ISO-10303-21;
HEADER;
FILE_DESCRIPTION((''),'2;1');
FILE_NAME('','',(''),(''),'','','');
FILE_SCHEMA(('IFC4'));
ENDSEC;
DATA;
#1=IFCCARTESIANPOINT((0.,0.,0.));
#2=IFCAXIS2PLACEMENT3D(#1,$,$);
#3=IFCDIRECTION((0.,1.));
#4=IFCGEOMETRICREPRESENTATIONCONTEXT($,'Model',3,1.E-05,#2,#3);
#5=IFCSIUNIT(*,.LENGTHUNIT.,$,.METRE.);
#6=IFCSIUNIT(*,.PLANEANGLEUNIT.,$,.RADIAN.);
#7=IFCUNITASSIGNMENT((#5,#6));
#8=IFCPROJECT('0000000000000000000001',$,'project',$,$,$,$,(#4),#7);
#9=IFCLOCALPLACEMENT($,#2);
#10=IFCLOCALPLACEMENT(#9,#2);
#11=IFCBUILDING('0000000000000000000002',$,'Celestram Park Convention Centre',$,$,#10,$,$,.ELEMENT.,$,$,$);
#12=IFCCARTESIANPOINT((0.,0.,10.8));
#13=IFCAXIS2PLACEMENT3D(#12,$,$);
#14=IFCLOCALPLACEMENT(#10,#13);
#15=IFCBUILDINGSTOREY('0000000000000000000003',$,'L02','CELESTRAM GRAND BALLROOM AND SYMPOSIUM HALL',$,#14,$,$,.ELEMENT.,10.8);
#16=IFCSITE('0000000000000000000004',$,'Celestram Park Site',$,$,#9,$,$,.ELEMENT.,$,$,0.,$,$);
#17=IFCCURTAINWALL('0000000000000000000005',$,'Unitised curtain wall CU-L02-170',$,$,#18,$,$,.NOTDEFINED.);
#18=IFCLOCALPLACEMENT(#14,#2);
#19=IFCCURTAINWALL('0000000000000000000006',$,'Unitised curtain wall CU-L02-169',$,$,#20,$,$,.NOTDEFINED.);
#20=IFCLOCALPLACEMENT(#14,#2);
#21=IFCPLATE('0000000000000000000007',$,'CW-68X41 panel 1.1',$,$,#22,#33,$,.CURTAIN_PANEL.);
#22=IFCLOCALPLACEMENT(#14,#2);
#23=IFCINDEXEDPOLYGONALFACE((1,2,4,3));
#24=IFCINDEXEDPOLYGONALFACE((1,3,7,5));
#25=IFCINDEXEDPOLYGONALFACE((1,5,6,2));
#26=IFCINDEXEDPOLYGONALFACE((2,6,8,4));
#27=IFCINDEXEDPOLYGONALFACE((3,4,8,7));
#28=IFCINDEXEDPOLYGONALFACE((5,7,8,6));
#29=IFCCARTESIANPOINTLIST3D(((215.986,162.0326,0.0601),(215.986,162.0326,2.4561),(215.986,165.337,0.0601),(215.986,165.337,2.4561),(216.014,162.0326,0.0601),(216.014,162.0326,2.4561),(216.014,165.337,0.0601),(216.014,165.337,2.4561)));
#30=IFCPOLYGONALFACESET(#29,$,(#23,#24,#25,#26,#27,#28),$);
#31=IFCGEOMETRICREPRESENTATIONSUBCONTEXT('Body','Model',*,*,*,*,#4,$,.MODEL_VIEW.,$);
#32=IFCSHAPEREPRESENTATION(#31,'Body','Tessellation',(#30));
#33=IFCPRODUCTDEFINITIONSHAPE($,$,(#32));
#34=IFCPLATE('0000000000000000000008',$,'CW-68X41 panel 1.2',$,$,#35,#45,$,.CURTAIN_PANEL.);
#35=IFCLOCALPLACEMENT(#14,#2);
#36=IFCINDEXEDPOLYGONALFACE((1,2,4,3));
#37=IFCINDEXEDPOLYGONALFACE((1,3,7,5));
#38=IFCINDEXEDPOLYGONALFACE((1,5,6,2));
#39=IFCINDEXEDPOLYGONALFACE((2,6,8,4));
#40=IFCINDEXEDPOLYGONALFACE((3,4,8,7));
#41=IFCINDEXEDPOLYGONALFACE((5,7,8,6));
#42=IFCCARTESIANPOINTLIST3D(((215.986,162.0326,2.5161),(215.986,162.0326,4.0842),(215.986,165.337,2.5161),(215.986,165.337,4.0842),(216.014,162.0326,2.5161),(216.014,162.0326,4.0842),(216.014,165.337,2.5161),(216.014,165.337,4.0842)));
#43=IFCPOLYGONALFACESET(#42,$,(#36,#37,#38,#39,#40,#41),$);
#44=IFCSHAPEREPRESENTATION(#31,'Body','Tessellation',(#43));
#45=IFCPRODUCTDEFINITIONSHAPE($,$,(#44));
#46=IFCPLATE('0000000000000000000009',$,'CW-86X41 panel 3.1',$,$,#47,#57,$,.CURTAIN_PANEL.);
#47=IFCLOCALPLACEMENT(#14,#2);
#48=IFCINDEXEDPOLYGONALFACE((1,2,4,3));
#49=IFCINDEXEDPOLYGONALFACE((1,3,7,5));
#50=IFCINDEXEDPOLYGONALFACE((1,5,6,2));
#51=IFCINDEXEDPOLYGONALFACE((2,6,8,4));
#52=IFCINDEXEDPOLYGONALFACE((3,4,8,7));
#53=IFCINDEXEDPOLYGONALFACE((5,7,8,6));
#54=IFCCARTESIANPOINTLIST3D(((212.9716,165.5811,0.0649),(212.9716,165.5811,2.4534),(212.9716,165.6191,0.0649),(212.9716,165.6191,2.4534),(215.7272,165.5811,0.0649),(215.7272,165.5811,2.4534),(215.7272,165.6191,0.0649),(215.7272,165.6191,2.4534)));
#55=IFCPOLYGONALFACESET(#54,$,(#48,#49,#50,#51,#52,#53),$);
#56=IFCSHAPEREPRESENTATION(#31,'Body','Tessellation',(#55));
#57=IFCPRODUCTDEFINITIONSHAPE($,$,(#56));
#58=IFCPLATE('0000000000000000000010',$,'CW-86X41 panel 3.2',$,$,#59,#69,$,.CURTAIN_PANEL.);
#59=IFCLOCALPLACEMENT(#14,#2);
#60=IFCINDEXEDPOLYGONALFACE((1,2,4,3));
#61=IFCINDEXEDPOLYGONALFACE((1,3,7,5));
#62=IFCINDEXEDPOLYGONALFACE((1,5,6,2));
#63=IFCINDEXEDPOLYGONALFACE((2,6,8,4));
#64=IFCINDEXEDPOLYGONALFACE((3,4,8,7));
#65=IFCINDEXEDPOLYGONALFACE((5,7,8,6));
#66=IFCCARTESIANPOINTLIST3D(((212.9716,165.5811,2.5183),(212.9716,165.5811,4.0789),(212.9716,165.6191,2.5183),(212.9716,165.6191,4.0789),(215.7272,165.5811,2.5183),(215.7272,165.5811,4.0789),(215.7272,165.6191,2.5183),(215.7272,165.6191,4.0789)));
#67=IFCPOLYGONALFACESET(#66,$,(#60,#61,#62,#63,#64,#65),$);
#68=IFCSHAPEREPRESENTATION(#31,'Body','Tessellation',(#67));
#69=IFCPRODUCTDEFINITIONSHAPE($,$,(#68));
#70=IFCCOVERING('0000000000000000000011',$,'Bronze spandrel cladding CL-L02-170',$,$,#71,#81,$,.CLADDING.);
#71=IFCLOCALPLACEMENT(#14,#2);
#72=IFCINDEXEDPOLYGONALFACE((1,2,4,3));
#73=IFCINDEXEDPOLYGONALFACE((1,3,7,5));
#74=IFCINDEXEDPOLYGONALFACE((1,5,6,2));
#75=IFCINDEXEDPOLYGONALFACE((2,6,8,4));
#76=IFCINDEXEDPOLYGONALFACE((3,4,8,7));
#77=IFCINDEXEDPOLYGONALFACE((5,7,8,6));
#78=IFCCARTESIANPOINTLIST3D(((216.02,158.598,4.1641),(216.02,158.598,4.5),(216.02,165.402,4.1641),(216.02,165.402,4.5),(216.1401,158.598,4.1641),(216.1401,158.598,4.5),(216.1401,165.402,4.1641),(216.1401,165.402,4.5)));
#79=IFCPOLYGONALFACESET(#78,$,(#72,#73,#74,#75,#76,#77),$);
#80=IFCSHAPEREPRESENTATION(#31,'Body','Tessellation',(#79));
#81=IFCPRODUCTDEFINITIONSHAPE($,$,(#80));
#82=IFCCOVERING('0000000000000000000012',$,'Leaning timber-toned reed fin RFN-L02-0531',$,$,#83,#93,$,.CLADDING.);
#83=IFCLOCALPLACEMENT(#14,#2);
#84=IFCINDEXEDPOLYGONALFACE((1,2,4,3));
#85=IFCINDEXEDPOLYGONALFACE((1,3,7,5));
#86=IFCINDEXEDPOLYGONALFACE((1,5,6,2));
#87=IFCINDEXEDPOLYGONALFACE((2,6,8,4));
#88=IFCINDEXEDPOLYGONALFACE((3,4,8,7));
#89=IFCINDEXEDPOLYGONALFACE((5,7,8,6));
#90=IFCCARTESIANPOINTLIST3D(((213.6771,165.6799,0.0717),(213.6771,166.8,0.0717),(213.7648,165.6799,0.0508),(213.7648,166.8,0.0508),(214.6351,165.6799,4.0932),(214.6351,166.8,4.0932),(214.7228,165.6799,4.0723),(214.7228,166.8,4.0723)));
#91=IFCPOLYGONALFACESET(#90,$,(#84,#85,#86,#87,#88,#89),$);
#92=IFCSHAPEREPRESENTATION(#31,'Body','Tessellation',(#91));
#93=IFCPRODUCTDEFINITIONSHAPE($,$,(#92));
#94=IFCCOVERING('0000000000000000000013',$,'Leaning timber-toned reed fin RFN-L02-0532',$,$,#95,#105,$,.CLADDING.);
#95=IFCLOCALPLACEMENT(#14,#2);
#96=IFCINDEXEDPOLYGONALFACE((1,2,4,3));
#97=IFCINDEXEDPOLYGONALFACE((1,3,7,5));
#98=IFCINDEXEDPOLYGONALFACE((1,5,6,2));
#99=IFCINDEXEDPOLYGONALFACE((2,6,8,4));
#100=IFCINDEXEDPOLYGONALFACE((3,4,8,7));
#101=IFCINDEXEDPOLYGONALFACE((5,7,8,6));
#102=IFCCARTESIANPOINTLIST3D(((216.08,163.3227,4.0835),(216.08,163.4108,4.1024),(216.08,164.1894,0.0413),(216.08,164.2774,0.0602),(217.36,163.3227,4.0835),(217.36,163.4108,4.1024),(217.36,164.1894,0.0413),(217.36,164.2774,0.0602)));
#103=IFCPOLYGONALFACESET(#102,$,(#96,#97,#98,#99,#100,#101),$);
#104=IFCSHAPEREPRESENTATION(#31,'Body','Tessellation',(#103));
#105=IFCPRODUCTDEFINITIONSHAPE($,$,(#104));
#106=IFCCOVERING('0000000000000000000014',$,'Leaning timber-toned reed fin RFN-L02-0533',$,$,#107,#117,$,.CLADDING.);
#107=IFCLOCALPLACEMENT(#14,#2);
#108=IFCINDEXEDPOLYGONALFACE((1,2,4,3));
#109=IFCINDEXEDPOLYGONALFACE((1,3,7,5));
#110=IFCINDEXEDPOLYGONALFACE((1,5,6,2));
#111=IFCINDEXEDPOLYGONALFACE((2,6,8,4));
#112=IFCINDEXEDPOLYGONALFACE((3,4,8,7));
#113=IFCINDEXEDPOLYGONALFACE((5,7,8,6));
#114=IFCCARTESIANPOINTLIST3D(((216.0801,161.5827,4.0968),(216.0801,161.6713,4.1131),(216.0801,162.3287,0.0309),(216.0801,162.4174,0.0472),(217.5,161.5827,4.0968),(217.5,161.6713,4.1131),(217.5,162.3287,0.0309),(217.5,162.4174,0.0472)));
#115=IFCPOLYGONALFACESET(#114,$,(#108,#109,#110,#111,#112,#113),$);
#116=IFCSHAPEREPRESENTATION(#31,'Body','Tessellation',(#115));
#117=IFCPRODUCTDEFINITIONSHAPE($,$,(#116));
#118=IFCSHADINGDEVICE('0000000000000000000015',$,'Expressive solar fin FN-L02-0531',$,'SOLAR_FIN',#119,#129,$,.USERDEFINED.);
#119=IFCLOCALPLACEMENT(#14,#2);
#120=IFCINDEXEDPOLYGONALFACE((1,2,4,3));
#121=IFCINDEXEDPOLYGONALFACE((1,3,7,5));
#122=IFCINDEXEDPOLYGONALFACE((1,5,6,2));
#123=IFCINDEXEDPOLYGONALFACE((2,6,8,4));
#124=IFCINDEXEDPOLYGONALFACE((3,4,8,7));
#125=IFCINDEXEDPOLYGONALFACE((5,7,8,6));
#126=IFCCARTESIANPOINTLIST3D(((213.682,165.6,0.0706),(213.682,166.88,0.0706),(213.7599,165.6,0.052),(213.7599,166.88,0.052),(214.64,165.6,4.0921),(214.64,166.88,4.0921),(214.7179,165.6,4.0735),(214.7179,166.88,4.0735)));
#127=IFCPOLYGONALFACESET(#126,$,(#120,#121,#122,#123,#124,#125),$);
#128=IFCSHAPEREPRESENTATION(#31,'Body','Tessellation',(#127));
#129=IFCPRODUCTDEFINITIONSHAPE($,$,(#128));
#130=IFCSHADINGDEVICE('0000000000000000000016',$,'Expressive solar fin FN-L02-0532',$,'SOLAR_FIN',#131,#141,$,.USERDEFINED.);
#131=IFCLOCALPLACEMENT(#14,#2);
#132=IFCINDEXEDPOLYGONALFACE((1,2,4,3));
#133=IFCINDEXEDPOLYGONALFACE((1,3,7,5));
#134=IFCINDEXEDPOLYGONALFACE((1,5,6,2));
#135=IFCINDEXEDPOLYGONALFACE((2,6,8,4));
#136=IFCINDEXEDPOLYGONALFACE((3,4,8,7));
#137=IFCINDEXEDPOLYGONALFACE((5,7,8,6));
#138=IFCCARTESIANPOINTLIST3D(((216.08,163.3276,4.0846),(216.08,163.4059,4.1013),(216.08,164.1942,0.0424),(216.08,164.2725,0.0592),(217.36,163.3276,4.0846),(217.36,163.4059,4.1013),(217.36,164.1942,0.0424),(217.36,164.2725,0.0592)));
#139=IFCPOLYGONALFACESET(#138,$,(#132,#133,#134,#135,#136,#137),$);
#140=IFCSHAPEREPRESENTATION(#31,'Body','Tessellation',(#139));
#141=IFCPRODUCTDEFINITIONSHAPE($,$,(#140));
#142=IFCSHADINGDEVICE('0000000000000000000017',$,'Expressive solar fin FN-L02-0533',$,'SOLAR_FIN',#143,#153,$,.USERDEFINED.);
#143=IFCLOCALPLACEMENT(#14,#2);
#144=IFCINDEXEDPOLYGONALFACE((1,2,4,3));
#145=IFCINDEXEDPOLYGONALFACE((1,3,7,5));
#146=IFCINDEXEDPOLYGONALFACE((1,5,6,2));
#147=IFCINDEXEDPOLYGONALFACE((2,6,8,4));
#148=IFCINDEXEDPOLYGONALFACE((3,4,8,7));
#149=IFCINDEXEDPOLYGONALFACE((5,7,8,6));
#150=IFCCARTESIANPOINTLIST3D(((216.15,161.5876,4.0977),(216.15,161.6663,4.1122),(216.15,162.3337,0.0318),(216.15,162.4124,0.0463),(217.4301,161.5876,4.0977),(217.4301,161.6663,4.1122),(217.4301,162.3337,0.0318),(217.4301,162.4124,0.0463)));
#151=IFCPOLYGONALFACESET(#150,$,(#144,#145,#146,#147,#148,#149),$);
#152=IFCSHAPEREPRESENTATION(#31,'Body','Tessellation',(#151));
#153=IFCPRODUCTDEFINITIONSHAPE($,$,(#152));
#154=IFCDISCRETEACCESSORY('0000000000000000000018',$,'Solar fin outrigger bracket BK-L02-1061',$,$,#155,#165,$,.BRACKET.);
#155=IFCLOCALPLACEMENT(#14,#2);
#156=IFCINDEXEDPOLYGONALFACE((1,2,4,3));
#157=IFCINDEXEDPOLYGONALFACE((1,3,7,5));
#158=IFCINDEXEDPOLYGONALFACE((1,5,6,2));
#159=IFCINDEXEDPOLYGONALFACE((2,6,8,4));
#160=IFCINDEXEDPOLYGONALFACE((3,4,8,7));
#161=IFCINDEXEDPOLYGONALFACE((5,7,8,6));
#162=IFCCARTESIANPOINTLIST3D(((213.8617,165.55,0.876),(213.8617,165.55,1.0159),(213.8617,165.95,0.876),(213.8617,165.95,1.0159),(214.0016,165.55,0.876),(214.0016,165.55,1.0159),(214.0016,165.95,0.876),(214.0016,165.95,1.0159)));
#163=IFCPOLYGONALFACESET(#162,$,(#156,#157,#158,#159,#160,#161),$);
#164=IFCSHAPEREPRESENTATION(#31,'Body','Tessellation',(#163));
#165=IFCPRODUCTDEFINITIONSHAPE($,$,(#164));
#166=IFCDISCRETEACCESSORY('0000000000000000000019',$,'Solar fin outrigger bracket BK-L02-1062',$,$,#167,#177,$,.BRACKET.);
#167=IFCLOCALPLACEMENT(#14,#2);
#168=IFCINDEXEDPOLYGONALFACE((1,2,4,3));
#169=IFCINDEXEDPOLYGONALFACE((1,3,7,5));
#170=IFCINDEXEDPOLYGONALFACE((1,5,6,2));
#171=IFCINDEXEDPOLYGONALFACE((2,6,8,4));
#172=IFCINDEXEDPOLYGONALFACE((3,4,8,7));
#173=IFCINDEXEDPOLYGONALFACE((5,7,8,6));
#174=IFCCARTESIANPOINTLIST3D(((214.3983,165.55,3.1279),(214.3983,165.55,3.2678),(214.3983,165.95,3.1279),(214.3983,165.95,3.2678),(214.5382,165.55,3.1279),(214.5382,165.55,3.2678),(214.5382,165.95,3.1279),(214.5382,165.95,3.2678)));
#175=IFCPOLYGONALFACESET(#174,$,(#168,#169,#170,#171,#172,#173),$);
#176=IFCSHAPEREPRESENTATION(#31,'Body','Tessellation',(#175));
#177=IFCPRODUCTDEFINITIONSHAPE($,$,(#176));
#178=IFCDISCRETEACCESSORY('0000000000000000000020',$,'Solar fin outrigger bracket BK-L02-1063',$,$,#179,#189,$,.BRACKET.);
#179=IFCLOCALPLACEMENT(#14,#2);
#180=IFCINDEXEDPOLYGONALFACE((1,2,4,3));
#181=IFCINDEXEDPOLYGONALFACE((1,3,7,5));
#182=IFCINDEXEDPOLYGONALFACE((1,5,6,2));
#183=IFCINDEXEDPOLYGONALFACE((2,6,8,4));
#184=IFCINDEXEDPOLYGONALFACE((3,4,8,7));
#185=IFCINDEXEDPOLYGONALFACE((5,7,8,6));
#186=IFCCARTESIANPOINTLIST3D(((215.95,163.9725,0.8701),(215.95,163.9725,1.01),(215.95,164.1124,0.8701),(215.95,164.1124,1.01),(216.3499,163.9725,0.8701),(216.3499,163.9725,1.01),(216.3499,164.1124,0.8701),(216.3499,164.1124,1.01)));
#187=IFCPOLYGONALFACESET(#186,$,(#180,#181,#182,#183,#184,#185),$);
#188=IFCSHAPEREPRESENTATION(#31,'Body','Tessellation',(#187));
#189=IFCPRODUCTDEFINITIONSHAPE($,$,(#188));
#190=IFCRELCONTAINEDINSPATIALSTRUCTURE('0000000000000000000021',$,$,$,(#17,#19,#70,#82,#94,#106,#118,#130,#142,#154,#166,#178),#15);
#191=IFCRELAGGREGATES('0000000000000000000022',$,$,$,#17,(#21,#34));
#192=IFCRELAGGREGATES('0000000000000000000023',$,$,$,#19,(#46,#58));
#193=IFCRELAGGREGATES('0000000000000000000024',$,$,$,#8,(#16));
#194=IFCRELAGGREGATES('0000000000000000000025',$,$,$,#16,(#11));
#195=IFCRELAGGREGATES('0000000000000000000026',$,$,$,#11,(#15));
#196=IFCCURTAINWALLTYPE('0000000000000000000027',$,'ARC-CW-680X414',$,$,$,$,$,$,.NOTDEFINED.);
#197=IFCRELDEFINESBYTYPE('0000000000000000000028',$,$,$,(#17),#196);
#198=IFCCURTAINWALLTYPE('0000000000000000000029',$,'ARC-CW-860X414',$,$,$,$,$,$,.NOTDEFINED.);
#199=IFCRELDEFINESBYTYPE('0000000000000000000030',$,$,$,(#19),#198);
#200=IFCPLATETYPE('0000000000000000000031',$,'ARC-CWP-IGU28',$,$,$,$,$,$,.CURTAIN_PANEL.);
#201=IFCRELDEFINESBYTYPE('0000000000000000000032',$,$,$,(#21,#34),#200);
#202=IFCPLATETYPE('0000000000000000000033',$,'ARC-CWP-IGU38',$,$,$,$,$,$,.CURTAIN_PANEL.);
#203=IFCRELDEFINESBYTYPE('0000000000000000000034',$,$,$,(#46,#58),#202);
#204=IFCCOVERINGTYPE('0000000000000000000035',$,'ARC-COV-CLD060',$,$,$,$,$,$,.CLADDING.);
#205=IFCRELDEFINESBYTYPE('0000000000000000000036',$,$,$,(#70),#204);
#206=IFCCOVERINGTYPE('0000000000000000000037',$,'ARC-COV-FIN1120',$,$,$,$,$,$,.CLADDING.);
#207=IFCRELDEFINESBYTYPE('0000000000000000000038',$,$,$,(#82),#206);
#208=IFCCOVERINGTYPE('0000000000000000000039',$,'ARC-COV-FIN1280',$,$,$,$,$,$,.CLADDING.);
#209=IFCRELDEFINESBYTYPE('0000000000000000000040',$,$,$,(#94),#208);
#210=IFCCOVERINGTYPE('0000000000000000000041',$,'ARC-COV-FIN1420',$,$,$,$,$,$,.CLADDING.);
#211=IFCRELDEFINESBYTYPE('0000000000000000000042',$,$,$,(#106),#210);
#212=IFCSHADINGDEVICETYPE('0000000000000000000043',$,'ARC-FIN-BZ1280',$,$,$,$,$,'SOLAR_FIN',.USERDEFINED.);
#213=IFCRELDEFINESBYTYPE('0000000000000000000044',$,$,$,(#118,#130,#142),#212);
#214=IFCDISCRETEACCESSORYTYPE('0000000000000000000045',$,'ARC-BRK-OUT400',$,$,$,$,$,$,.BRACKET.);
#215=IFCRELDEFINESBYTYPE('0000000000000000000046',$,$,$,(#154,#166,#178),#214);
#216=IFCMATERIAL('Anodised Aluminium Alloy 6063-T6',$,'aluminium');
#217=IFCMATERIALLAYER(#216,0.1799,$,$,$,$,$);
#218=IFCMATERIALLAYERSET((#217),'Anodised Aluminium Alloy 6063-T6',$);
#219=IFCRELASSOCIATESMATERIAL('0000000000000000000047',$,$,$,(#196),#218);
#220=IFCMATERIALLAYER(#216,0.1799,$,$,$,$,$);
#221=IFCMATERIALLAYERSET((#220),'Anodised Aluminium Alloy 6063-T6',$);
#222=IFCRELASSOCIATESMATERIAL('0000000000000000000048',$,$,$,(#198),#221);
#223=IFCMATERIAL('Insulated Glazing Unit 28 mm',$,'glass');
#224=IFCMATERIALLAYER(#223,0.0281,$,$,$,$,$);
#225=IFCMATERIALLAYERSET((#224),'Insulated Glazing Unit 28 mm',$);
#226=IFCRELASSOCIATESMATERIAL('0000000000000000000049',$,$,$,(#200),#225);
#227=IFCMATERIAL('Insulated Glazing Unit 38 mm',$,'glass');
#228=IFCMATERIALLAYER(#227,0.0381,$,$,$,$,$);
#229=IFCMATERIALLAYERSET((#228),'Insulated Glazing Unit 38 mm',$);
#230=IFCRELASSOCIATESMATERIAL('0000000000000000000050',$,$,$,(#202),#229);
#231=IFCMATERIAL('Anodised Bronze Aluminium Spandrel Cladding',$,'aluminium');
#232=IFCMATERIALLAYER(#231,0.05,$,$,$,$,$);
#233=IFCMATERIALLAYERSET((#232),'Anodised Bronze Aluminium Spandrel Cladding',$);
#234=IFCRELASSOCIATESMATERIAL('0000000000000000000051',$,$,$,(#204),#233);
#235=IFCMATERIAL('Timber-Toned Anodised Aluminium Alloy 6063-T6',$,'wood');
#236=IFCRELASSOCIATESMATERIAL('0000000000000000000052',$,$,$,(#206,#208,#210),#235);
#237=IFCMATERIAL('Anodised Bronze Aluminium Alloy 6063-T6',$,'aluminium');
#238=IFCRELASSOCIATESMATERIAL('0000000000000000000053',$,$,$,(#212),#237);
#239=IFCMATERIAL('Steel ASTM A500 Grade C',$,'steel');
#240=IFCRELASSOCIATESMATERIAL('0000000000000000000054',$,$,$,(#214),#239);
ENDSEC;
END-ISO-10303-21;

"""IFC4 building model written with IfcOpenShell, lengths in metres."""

from ifc_helpers import new_model, si_unit, direction, frame, origin, origin_2d, place, context, subcontext, project, spatial, rectangle, extrude, material, layer, layer_set, material_profile, profile_set, type_object, element, aggregate, save


model = new_model("IFC4")

# Units and contexts
model_context = context("Model", 3, precision=1e-05, world=origin(), true_north=direction((0.0, 1.0)))
body_context = subcontext(model_context, "Body", "Model", "MODEL_VIEW")
ifc_project = project(units=[si_unit("LENGTHUNIT", "METRE"), si_unit("PLANEANGLEUNIT", "RADIAN")], contexts=[model_context])

# Site, building, storey
site_placement = place(None, origin())
site = spatial("IfcSite", under=ifc_project, at=site_placement, Name="Celestram Park Site", CompositionType="ELEMENT", RefElevation=0.0)
building_placement = place(site_placement, origin())
building = spatial("IfcBuilding", under=site, at=building_placement, Name="Celestram Park Convention Centre", CompositionType="ELEMENT")
storey_placement = place(building_placement, frame((0.0, 0.0, 10.8)))
storey = spatial("IfcBuildingStorey", under=building, at=storey_placement, Name="L02", Description="CELESTRAM GRAND BALLROOM AND SYMPOSIUM HALL", CompositionType="ELEMENT", Elevation=10.8)

# Shared definitions
ifc_material_1 = material(Name="Steel ASTM A500 Grade C", Category="steel")

# Curtain wall
ifc_material_2 = material(Name="Anodised Aluminium Alloy 6063-T6", Category="aluminium")
ifc_layer_1 = layer(ifc_material_2, 0.1799)
ifc_layer_set_1 = layer_set([ifc_layer_1], Name="Anodised Aluminium Alloy 6063-T6")
curtain_wall_type_1 = type_object("IfcCurtainWallType", Name="ARC-CW-680X414", PredefinedType="NOTDEFINED", material=ifc_layer_set_1)
curtain_wall_1_placement = place(storey_placement, origin())
curtain_wall_1 = element("IfcCurtainWall", 1, at=curtain_wall_1_placement, inside=storey, type_object=curtain_wall_type_1, Name="Unitised curtain wall CU-L02-170", PredefinedType="NOTDEFINED")

# Curtain wall
ifc_layer_2 = layer(ifc_material_2, 0.1799)
ifc_layer_set_2 = layer_set([ifc_layer_2], Name="Anodised Aluminium Alloy 6063-T6")
curtain_wall_type_2 = type_object("IfcCurtainWallType", Name="ARC-CW-860X414", PredefinedType="NOTDEFINED", material=ifc_layer_set_2)
curtain_wall_2_placement = place(storey_placement, origin())
curtain_wall_2 = element("IfcCurtainWall", 2, at=curtain_wall_2_placement, inside=storey, type_object=curtain_wall_type_2, Name="Unitised curtain wall CU-L02-169", PredefinedType="NOTDEFINED")

# Plates
ifc_material_3 = material(Name="Insulated Glazing Unit 28 mm", Category="glass")
ifc_layer_3 = layer(ifc_material_3, 0.0281)
ifc_layer_set_3 = layer_set([ifc_layer_3], Name="Insulated Glazing Unit 28 mm")
plate_type_1 = type_object("IfcPlateType", Name="ARC-CWP-IGU28", PredefinedType="CURTAIN_PANEL", material=ifc_layer_set_3)
plate_1_placement = place(storey_placement, frame((216.0, 163.6848, 0.0601), z_axis=(0.0, 0.0, 1.0), x_axis=(0.0, -1.0, 0.0)))
plate_1 = element("IfcPlate", 3, at=plate_1_placement, type_object=plate_type_1, Name="CW-68X41 panel 1.1", PredefinedType="CURTAIN_PANEL", context=body_context, shape_type="SweptSolid", body=[
    extrude(rectangle(XDim=3.3044, YDim=0.0281, at=origin_2d()), origin(), (0.0, 0.0, 1.0), 2.396),
])
plate_2_placement = place(storey_placement, frame((216.0, 163.6848, 2.5161), z_axis=(0.0, 0.0, 1.0), x_axis=(0.0, -1.0, 0.0)))
plate_2 = element("IfcPlate", 4, at=plate_2_placement, type_object=plate_type_1, Name="CW-68X41 panel 1.2", PredefinedType="CURTAIN_PANEL", context=body_context, shape_type="SweptSolid", body=[
    extrude(rectangle(XDim=3.3044, YDim=0.0281, at=origin_2d()), origin(), (0.0, 0.0, 1.0), 1.5681),
])
aggregate(curtain_wall_1, [plate_1, plate_2])
ifc_material_4 = material(Name="Insulated Glazing Unit 38 mm", Category="glass")
ifc_layer_4 = layer(ifc_material_4, 0.0381)
ifc_layer_set_4 = layer_set([ifc_layer_4], Name="Insulated Glazing Unit 38 mm")
plate_type_2 = type_object("IfcPlateType", Name="ARC-CWP-IGU38", PredefinedType="CURTAIN_PANEL", material=ifc_layer_set_4)
plate_3_placement = place(storey_placement, frame((214.3494, 165.6001, 0.0649), z_axis=(0.0, 0.0, 1.0), x_axis=(1.0, 0.0, 0.0)))
plate_3 = element("IfcPlate", 5, at=plate_3_placement, type_object=plate_type_2, Name="CW-86X41 panel 3.1", PredefinedType="CURTAIN_PANEL", context=body_context, shape_type="SweptSolid", body=[
    extrude(rectangle(XDim=2.7556, YDim=0.0381, at=origin_2d()), origin(), (0.0, 0.0, 1.0), 2.3884),
])
plate_4_placement = place(storey_placement, frame((214.3494, 165.6001, 2.5183), z_axis=(0.0, 0.0, 1.0), x_axis=(1.0, 0.0, 0.0)))
plate_4 = element("IfcPlate", 6, at=plate_4_placement, type_object=plate_type_2, Name="CW-86X41 panel 3.2", PredefinedType="CURTAIN_PANEL", context=body_context, shape_type="SweptSolid", body=[
    extrude(rectangle(XDim=2.7556, YDim=0.0381, at=origin_2d()), origin(), (0.0, 0.0, 1.0), 1.5605),
])
aggregate(curtain_wall_2, [plate_3, plate_4])

# Coverings
ifc_material_5 = material(Name="Anodised Bronze Aluminium Spandrel Cladding", Category="aluminium")
ifc_layer_5 = layer(ifc_material_5, 0.05)
ifc_layer_set_5 = layer_set([ifc_layer_5], Name="Anodised Bronze Aluminium Spandrel Cladding")
covering_type_1 = type_object("IfcCoveringType", Name="ARC-COV-CLD060", PredefinedType="CLADDING", material=ifc_layer_set_5)
covering_1_placement = place(storey_placement, frame((216.0801, 162.0, 4.1641), z_axis=(0.0, 0.0, 1.0), x_axis=(0.0, -1.0, 0.0)))
element("IfcCovering", 7, at=covering_1_placement, inside=storey, type_object=covering_type_1, Name="Bronze spandrel cladding CL-L02-170", PredefinedType="CLADDING", context=body_context, shape_type="SweptSolid", body=[
    extrude(rectangle(XDim=6.804, YDim=0.1201, at=origin_2d()), origin(), (0.0, 0.0, 1.0), 0.3359),
])
ifc_material_6 = material(Name="Timber-Toned Anodised Aluminium Alloy 6063-T6", Category="wood")
ifc_material_profile_1 = material_profile(ifc_material_6, rectangle(XDim=1.1201, YDim=0.0901, at=origin_2d()), Name="REED1120X90")
ifc_profile_set_1 = profile_set([ifc_material_profile_1], Name="Timber-Toned Anodised Aluminium Alloy 6063-T6")
covering_type_2 = type_object("IfcCoveringType", Name="ARC-COV-FIN1120", PredefinedType="CLADDING", material=ifc_profile_set_1)
covering_2_placement = place(storey_placement, frame((213.7209, 166.24, 0.0613), z_axis=(0.231738, 0.0, 0.972778), x_axis=(0.0, 1.0, 0.0)))
element("IfcCovering", 8, at=covering_2_placement, inside=storey, type_object=covering_type_2, Name="Leaning timber-toned reed fin RFN-L02-0531", PredefinedType="CLADDING", context=body_context, shape_type="SweptSolid", body=[
    extrude(rectangle(XDim=1.1201, YDim=0.0901, at=origin_2d()), origin(), (0.0, 0.0, 1.0), 4.134),
])
ifc_material_profile_2 = material_profile(ifc_material_6, rectangle(XDim=1.28, YDim=0.0901, at=origin_2d()), Name="REED1280X90")
ifc_profile_set_2 = profile_set([ifc_material_profile_2], Name="Timber-Toned Anodised Aluminium Alloy 6063-T6")
covering_type_3 = type_object("IfcCoveringType", Name="ARC-COV-FIN1280", PredefinedType="CLADDING", material=ifc_profile_set_2)
covering_3_placement = place(storey_placement, frame((216.72, 164.2334, 0.0508), z_axis=(0.0, -0.209646, 0.977777), x_axis=(1.0, 0.0, 0.0)))
element("IfcCovering", 9, at=covering_3_placement, inside=storey, type_object=covering_type_3, Name="Leaning timber-toned reed fin RFN-L02-0532", PredefinedType="CLADDING", context=body_context, shape_type="SweptSolid", body=[
    extrude(rectangle(XDim=1.28, YDim=0.0901, at=origin_2d()), origin(), (0.0, 0.0, 1.0), 4.134),
])
ifc_material_profile_3 = material_profile(ifc_material_6, rectangle(XDim=1.4199, YDim=0.0901, at=origin_2d()), Name="REED1420X90")
ifc_profile_set_3 = profile_set([ifc_material_profile_3], Name="Timber-Toned Anodised Aluminium Alloy 6063-T6")
covering_type_4 = type_object("IfcCoveringType", Name="ARC-COV-FIN1420", PredefinedType="CLADDING", material=ifc_profile_set_3)
covering_4_placement = place(storey_placement, frame((216.79, 162.373, 0.0391), z_axis=(0.0, -0.180486, 0.983578), x_axis=(1.0, 0.0, 0.0)))
element("IfcCovering", 10, at=covering_4_placement, inside=storey, type_object=covering_type_4, Name="Leaning timber-toned reed fin RFN-L02-0533", PredefinedType="CLADDING", context=body_context, shape_type="SweptSolid", body=[
    extrude(rectangle(XDim=1.4199, YDim=0.0901, at=origin_2d()), origin(), (0.0, 0.0, 1.0), 4.1338),
])

# Shading devices
ifc_material_7 = material(Name="Anodised Bronze Aluminium Alloy 6063-T6", Category="aluminium")
ifc_material_profile_4 = material_profile(ifc_material_7, rectangle(XDim=1.28, YDim=0.0801, at=origin_2d()), Name="FIN1280X80")
ifc_profile_set_4 = profile_set([ifc_material_profile_4], Name="Anodised Bronze Aluminium Alloy 6063-T6")
shading_device_type = type_object("IfcShadingDeviceType", Name="ARC-FIN-BZ1280", ElementType="SOLAR_FIN", PredefinedType="USERDEFINED", material=ifc_profile_set_4)
for number, where, z_axis, x_axis, name in (
    (11, (213.7209, 166.24, 0.0613), (0.231738, 0.0, 0.972778), (0.0, 1.0, 0.0), "Expressive solar fin FN-L02-0531"),
    (12, (216.72, 164.2334, 0.0508), (0.0, -0.209646, 0.977777), (1.0, 0.0, 0.0), "Expressive solar fin FN-L02-0532"),
):
    element("IfcShadingDevice", number, at=place(storey_placement, frame(where, z_axis=z_axis, x_axis=x_axis)), inside=storey, type_object=shading_device_type, Name=name, ObjectType="SOLAR_FIN", PredefinedType="USERDEFINED", context=body_context, shape_type="SweptSolid", body=[
        extrude(rectangle(XDim=1.28, YDim=0.0801, at=origin_2d()), origin(), (0.0, 0.0, 1.0), 4.134),
    ])
shading_device_placement = place(storey_placement, frame((216.79, 162.373, 0.0391), z_axis=(0.0, -0.180486, 0.983578), x_axis=(1.0, 0.0, 0.0)))
element("IfcShadingDevice", 13, at=shading_device_placement, inside=storey, type_object=shading_device_type, Name="Expressive solar fin FN-L02-0533", ObjectType="SOLAR_FIN", PredefinedType="USERDEFINED", context=body_context, shape_type="SweptSolid", body=[
    extrude(rectangle(XDim=1.28, YDim=0.0801, at=origin_2d()), origin(), (0.0, 0.0, 1.0), 4.1338),
])

# Discrete accessories
discrete_accessory_type = type_object("IfcDiscreteAccessoryType", Name="ARC-BRK-OUT400", PredefinedType="BRACKET", material=ifc_material_1)
for number, where, z_axis, x_axis, name in (
    (14, (213.9316, 165.75, 0.876), (0.0, 0.0, 1.0), (0.0, 1.0, 0.0), "Solar fin outrigger bracket BK-L02-1061"),
    (15, (214.4683, 165.75, 3.1279), (0.0, 0.0, 1.0), (0.0, 1.0, 0.0), "Solar fin outrigger bracket BK-L02-1062"),
    (16, (216.1499, 164.0425, 0.8701), (0.0, 0.0, 1.0), (1.0, 0.0, 0.0), "Solar fin outrigger bracket BK-L02-1063"),
):
    element("IfcDiscreteAccessory", number, at=place(storey_placement, frame(where, z_axis=z_axis, x_axis=x_axis)), inside=storey, type_object=discrete_accessory_type, Name=name, PredefinedType="BRACKET", context=body_context, shape_type="SweptSolid", body=[
        extrude(rectangle(XDim=0.3999, YDim=0.1399, at=origin_2d()), origin(), (0.0, 0.0, 1.0), 0.1399),
    ])

save(model, "model.ifc")
